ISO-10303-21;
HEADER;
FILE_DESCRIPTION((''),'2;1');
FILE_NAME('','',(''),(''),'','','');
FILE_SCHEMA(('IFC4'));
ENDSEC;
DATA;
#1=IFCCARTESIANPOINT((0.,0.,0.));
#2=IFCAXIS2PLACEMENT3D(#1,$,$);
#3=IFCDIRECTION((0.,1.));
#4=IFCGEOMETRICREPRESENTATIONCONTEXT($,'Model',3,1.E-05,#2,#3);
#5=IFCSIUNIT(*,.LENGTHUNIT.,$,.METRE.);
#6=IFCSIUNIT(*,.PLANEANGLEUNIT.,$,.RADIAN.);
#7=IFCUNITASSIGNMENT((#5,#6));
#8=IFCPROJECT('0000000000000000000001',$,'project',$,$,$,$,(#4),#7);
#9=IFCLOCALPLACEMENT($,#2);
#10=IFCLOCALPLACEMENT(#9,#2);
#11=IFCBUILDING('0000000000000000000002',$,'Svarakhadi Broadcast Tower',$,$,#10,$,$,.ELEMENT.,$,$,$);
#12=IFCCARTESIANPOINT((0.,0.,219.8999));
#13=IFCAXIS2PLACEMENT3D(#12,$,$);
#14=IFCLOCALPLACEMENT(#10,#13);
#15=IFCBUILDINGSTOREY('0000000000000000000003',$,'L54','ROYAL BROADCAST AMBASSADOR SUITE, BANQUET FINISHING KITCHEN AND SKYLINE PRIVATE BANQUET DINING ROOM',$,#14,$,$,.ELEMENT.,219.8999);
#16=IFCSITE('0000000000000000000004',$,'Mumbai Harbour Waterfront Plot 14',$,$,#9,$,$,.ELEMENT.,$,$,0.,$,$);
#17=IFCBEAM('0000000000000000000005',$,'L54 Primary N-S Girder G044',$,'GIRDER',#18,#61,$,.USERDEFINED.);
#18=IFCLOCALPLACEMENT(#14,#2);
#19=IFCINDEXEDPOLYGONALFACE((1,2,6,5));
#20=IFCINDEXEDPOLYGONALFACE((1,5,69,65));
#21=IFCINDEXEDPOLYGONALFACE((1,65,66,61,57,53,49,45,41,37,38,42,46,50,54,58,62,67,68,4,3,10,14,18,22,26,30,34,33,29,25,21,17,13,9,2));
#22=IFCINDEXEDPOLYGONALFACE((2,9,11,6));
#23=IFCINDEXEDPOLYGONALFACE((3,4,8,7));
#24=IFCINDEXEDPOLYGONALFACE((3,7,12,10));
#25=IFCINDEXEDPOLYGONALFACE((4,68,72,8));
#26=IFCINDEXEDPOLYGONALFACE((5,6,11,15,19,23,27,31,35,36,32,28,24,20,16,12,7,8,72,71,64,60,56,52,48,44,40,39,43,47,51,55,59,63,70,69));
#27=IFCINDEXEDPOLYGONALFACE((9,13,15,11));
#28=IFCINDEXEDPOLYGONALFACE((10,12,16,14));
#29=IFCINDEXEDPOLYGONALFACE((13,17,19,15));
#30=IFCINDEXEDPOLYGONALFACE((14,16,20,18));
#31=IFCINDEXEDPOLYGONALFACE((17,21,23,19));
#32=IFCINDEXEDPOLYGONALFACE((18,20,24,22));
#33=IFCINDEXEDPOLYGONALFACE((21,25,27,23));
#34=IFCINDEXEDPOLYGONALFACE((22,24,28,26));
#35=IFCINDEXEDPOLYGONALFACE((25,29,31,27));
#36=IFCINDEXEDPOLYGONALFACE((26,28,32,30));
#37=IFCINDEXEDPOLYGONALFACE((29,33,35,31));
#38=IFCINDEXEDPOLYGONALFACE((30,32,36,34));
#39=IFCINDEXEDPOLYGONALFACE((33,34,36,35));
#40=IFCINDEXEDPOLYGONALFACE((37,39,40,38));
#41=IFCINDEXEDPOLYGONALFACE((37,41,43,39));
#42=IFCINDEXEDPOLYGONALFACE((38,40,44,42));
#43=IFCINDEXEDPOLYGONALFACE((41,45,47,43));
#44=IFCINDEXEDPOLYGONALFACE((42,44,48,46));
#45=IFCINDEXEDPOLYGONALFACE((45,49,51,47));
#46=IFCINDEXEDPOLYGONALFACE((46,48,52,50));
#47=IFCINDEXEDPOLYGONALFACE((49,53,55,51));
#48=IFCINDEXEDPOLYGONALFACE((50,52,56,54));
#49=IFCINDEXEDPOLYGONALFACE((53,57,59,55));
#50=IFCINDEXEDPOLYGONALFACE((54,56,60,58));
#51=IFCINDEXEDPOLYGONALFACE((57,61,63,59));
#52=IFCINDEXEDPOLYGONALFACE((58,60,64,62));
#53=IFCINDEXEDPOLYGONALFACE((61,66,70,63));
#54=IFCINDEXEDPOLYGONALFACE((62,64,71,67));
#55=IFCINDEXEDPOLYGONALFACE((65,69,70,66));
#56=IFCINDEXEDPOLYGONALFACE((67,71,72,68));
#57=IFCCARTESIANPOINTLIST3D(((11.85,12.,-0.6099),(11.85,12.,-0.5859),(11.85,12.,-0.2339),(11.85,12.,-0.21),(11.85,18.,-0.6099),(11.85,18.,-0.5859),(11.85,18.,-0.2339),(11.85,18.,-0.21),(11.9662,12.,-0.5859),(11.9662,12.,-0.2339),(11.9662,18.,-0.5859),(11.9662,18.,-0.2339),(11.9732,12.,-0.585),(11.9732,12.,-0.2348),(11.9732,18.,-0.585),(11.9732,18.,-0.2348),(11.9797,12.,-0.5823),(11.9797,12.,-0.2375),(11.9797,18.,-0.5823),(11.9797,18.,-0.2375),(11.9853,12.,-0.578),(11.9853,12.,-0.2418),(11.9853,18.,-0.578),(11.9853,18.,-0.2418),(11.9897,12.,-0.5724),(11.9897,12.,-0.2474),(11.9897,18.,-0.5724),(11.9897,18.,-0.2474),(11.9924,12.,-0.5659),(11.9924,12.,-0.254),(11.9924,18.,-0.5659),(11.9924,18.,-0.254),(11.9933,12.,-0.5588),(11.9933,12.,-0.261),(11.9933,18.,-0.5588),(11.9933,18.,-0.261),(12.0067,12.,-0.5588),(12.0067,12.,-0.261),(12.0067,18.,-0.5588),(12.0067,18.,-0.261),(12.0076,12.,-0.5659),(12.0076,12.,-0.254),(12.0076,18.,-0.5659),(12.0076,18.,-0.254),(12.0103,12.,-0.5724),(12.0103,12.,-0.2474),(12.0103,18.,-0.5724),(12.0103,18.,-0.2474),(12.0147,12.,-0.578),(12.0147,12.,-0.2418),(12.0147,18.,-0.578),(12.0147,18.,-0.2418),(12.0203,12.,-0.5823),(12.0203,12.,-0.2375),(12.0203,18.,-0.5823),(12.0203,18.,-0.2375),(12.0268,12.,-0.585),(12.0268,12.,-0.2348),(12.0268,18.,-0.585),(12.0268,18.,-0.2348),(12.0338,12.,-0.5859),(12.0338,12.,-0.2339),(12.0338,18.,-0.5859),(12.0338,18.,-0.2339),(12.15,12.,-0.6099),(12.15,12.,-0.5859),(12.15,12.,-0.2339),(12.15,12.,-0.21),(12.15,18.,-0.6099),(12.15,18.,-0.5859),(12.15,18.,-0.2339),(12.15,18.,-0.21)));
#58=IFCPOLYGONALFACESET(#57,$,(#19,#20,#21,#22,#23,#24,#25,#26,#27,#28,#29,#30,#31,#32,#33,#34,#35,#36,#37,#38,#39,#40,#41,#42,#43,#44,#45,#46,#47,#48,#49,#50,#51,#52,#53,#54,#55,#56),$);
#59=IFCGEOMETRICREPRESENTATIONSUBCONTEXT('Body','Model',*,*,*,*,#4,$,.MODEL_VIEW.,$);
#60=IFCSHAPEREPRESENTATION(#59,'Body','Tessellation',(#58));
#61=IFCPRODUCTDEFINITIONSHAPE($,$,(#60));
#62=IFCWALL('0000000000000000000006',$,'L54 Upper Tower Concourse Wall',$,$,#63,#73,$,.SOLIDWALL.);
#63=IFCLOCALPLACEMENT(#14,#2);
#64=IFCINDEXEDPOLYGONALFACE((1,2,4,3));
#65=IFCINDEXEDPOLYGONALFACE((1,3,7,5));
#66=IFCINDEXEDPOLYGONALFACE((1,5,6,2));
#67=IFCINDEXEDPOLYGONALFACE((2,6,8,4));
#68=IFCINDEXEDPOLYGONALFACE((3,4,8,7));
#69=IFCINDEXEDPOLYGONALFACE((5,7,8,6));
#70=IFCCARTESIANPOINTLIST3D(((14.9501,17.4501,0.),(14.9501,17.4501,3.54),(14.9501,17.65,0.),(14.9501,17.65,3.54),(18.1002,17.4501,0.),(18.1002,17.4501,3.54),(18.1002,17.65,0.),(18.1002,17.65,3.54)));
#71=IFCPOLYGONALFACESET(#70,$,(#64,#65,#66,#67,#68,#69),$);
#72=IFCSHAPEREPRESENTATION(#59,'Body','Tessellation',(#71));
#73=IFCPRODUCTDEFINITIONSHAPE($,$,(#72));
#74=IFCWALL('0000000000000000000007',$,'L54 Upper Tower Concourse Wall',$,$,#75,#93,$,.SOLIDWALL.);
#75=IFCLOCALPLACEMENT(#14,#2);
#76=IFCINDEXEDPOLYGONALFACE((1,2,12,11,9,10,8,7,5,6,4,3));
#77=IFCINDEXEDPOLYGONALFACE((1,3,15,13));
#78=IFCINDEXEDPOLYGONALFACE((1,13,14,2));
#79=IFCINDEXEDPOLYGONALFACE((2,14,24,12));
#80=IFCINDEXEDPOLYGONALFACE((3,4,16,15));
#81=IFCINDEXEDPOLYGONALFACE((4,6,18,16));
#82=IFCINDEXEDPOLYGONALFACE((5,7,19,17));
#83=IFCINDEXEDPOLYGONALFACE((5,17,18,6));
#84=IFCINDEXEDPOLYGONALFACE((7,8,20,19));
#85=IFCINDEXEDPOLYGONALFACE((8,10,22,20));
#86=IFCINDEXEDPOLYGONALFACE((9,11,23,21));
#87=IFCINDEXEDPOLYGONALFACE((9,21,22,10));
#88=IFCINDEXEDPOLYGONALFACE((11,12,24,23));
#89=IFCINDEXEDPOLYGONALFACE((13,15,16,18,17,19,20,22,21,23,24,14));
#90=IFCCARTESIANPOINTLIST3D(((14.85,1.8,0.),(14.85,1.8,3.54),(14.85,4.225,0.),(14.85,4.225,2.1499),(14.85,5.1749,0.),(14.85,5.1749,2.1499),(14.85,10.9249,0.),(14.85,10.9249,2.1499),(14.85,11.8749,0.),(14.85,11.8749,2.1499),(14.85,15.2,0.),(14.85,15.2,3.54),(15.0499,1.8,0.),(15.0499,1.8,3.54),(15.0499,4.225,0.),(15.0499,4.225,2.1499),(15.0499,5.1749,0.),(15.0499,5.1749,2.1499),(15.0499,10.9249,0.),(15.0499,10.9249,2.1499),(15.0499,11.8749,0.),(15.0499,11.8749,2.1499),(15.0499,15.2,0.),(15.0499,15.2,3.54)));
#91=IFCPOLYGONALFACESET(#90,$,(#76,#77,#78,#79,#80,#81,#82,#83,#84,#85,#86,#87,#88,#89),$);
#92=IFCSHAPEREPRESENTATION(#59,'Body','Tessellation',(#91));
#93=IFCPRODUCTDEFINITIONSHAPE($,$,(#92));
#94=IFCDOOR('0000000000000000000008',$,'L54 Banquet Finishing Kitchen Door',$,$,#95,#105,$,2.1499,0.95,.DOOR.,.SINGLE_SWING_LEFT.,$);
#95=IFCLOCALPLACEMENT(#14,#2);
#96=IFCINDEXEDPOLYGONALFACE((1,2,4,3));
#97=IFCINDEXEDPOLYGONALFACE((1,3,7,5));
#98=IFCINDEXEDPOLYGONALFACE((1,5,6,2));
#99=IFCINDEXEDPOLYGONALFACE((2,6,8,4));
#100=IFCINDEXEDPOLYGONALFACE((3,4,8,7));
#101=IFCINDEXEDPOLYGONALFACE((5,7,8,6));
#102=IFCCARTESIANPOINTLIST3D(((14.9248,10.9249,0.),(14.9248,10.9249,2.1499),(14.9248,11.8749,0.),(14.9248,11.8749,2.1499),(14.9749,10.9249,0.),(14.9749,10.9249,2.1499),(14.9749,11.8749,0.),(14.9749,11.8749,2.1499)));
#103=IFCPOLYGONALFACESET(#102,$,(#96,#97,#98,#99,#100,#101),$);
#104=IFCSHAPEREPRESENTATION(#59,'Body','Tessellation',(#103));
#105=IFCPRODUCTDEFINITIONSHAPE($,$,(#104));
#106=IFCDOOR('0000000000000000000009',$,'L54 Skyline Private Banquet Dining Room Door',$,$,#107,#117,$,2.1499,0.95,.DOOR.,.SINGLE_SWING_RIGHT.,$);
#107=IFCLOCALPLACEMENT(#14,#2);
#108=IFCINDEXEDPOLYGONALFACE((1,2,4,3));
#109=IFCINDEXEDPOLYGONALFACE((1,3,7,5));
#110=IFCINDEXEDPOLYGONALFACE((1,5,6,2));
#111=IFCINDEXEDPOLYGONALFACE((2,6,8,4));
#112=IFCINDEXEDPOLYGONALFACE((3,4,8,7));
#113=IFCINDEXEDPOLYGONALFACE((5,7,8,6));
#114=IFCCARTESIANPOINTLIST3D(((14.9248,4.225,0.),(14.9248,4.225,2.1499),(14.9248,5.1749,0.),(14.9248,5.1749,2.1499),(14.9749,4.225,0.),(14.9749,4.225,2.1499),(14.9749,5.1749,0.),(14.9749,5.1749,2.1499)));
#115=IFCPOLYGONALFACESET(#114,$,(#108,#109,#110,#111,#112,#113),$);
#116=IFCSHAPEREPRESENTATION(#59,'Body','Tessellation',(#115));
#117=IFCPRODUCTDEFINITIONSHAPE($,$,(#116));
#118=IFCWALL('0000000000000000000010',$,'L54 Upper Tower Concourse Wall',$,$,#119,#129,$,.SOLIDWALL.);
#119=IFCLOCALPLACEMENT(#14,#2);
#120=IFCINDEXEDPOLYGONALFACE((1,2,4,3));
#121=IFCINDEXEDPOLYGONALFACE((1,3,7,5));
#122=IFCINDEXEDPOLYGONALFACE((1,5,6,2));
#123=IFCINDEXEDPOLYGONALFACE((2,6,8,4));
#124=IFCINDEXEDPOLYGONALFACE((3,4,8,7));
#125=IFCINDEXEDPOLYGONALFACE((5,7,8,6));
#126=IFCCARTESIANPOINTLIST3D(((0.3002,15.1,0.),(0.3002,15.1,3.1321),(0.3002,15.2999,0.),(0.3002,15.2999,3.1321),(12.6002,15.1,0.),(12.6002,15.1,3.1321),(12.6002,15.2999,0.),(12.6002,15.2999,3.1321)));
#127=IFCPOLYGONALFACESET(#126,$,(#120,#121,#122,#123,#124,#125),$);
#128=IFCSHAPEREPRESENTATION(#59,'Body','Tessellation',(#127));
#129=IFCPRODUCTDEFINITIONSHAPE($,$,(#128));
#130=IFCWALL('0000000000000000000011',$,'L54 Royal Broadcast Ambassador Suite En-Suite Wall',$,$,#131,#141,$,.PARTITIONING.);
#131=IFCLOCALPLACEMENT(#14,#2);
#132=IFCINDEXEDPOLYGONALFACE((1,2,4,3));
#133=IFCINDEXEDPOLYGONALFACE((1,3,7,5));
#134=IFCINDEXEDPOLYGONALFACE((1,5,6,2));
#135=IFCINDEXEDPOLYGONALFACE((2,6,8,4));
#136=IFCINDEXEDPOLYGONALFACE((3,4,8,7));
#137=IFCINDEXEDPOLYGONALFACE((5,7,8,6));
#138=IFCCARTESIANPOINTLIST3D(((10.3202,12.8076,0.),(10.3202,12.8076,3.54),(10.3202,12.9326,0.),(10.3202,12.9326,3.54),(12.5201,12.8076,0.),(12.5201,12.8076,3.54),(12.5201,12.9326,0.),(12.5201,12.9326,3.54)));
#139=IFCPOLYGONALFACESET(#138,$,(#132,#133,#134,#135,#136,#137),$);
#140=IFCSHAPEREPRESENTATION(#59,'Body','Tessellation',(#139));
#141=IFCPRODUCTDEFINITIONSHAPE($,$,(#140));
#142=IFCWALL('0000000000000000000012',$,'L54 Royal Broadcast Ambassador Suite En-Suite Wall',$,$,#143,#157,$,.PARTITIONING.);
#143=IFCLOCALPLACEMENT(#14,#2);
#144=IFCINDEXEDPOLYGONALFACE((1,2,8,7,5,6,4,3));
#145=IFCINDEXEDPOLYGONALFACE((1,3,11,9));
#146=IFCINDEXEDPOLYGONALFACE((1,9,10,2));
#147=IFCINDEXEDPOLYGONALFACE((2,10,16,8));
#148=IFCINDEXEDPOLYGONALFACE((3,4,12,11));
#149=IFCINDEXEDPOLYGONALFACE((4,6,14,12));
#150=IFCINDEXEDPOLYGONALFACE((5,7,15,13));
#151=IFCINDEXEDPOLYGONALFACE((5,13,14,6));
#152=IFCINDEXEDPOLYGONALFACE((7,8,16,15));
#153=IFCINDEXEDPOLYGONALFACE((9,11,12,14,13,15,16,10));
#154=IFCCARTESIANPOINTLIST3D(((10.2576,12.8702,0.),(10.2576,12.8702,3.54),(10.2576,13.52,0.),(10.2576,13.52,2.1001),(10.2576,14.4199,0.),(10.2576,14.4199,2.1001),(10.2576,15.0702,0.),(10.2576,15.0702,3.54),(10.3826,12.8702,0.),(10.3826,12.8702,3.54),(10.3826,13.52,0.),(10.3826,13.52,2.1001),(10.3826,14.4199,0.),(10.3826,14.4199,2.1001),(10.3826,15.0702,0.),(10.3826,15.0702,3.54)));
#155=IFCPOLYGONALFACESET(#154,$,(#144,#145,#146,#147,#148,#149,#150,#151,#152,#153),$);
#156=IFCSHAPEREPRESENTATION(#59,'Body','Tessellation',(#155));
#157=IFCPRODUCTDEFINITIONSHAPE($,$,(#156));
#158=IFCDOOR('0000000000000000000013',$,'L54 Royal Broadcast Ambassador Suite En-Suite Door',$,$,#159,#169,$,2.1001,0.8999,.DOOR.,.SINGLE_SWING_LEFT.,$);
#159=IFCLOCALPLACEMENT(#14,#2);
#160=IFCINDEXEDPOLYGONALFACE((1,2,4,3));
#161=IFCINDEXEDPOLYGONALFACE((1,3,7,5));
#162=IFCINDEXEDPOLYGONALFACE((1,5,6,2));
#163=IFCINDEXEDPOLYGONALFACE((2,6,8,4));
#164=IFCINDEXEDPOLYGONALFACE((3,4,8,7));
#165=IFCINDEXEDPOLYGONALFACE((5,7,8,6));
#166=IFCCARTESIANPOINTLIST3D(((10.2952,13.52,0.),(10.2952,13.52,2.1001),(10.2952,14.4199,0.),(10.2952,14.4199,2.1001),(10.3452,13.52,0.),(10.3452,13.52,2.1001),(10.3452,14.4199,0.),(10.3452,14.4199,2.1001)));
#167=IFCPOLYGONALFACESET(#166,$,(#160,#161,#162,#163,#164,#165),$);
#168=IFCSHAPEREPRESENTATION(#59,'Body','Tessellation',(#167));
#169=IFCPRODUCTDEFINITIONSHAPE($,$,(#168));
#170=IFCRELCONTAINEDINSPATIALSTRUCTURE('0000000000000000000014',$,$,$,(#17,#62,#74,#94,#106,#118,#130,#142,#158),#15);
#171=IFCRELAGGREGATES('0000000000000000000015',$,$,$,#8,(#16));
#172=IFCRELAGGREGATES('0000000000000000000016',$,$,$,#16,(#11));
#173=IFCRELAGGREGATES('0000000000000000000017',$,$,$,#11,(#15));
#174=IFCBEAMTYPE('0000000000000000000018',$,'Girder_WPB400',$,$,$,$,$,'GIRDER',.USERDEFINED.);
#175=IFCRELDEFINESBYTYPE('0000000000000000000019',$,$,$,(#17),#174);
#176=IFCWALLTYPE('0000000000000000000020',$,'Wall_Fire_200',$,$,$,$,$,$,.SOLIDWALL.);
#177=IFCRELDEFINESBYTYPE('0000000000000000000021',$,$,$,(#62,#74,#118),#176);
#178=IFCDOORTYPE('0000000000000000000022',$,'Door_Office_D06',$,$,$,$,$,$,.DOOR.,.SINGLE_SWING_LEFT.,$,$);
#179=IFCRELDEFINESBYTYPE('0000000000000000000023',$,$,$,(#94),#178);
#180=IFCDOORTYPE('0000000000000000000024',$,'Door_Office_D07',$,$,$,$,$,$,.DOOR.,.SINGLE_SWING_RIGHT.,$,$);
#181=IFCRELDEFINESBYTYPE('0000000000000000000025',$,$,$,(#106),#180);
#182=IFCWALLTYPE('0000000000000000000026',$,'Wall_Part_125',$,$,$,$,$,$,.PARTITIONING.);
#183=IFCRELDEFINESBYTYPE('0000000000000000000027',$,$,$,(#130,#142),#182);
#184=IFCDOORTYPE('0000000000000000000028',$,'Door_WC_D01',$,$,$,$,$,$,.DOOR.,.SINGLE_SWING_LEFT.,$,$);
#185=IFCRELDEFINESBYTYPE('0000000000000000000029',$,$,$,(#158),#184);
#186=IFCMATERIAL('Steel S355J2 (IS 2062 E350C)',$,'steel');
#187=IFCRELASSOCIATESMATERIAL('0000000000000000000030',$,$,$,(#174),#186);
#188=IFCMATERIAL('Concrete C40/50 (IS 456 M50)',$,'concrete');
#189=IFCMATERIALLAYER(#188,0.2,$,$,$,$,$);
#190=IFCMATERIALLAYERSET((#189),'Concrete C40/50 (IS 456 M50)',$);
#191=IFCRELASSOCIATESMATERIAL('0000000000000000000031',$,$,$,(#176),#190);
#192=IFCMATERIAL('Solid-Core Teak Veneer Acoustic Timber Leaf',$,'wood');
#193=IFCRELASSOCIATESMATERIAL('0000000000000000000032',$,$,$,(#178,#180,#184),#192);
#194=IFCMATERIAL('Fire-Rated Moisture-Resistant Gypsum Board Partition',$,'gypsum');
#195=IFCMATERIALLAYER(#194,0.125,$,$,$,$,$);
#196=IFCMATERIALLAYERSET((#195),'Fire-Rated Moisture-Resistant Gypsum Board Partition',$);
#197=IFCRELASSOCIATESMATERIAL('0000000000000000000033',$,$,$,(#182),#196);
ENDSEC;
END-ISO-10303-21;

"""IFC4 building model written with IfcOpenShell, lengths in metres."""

from ifc_helpers import new_model, si_unit, direction, frame, frame_2d, origin, origin_2d, place, context, subcontext, project, spatial, rectangle, i_section, extrude, material, layer, layer_set, material_profile, profile_set, type_object, element, fill, save


model = new_model("IFC4")

# Units and contexts
model_context = context("Model", 3, precision=1e-05, world=origin(), true_north=direction((0.0, 1.0)))
body_context = subcontext(model_context, "Body", "Model", "MODEL_VIEW")
ifc_project = project(units=[si_unit("LENGTHUNIT", "METRE"), si_unit("PLANEANGLEUNIT", "RADIAN")], contexts=[model_context])

# Site, building, storey
site_placement = place(None, origin())
site = spatial("IfcSite", under=ifc_project, at=site_placement, Name="Mumbai Harbour Waterfront Plot 14", CompositionType="ELEMENT", RefElevation=0.0)
building_placement = place(site_placement, origin())
building = spatial("IfcBuilding", under=site, at=building_placement, Name="Svarakhadi Broadcast Tower", CompositionType="ELEMENT")
storey_placement = place(building_placement, frame((0.0, 0.0, 219.8999)))
storey = spatial("IfcBuildingStorey", under=building, at=storey_placement, Name="L54", Description="ROYAL BROADCAST AMBASSADOR SUITE, BANQUET FINISHING KITCHEN AND SKYLINE PRIVATE BANQUET DINING ROOM", CompositionType="ELEMENT", Elevation=219.8999)

# Beam
ifc_material_1 = material(Name="Steel S355J2 (IS 2062 E350C)", Category="steel")
ifc_material_profile_1 = material_profile(ifc_material_1, i_section(OverallWidth=0.3, OverallDepth=0.3999, WebThickness=0.0134, FlangeThickness=0.0239, FilletRadius=0.0271, at=origin_2d()), Name="WPB 400x300x155")
ifc_profile_set_1 = profile_set([ifc_material_profile_1], Name="Steel S355J2 (IS 2062 E350C)")
beam_type_1 = type_object("IfcBeamType", Name="Girder_WPB400", ElementType="GIRDER", PredefinedType="USERDEFINED", material=ifc_profile_set_1)
for number, where, z_axis, x_axis, name in (
    (1, (12.0, 12.0, -0.4099), (0.0, 1.0, 0.0), (-1.0, 0.0, 0.0), "L54 Primary N-S Girder G044"),
):
    element("IfcBeam", number, at=place(storey_placement, frame(where, z_axis=z_axis, x_axis=x_axis)), inside=storey, type_object=beam_type_1, Name=name, ObjectType="GIRDER", PredefinedType="USERDEFINED", context=body_context, shape_type="SweptSolid", body=[
        extrude(i_section(OverallWidth=0.3, OverallDepth=0.3999, WebThickness=0.0134, FlangeThickness=0.0239, FilletRadius=0.0271, at=origin_2d()), origin(), (0.0, 0.0, 1.0), 6.0),
    ])

# Wall
ifc_material_2 = material(Name="Concrete C40/50 (IS 456 M50)", Category="concrete")
ifc_layer_1 = layer(ifc_material_2, 0.2)
ifc_layer_set_1 = layer_set([ifc_layer_1], Name="Concrete C40/50 (IS 456 M50)")
wall_type_1 = type_object("IfcWallType", Name="Wall_Fire_200", PredefinedType="SOLIDWALL", material=ifc_layer_set_1)
wall_1_placement = place(storey_placement, frame((14.95, 17.55, 0.0), z_axis=(0.0, 0.0, 1.0), x_axis=(1.0, 0.0, 0.0)))
element("IfcWall", 2, at=wall_1_placement, inside=storey, type_object=wall_type_1, Name="L54 Upper Tower Concourse Wall", PredefinedType="SOLIDWALL", context=body_context, shape_type="SweptSolid", body=[
    extrude(rectangle(XDim=3.1501, YDim=0.2, at=frame_2d((1.5752, 0.0))), origin(), (0.0, 0.0, 1.0), 3.54),
])

# Wall, openings, doors
wall_2_placement = place(storey_placement, frame((14.95, 15.2, 0.0), z_axis=(0.0, 0.0, 1.0), x_axis=(0.0, -1.0, 0.0)))
wall_2 = element("IfcWall", 3, at=wall_2_placement, inside=storey, type_object=wall_type_1, Name="L54 Upper Tower Concourse Wall", PredefinedType="SOLIDWALL", context=body_context, shape_type="SweptSolid", body=[
    extrude(rectangle(XDim=13.3999, YDim=0.2, at=frame_2d((6.7, 0.0))), origin(), (0.0, 0.0, 1.0), 3.54),
])
opening_1_placement = place(wall_2_placement, frame((10.0249, 0.0, 0.0)))
opening_1 = element("IfcOpeningElement", 4, at=opening_1_placement, cuts=wall_2, PredefinedType="OPENING", context=body_context, shape_type="SweptSolid", body=[
    extrude(rectangle(XDim=0.95, YDim=2.1499, at=frame_2d((0.4751, 1.075))), frame((0.0, 0.1099, 0.0), z_axis=(0.0, -1.0, 0.0), x_axis=(1.0, 0.0, 0.0)), (0.0, 0.0, 1.0), 0.22),
])
opening_2_placement = place(wall_2_placement, frame((3.325, 0.0, 0.0)))
opening_2 = element("IfcOpeningElement", 5, at=opening_2_placement, cuts=wall_2, PredefinedType="OPENING", context=body_context, shape_type="SweptSolid", body=[
    extrude(rectangle(XDim=0.95, YDim=2.1499, at=frame_2d((0.4751, 1.075))), frame((0.0, 0.1099, 0.0), z_axis=(0.0, -1.0, 0.0), x_axis=(1.0, 0.0, 0.0)), (0.0, 0.0, 1.0), 0.22),
])
ifc_material_3 = material(Name="Solid-Core Teak Veneer Acoustic Timber Leaf", Category="wood")
door_type_1 = type_object("IfcDoorType", Name="Door_Office_D06", OperationType="SINGLE_SWING_LEFT", PredefinedType="DOOR", material=ifc_material_3)
door_1_placement = place(opening_2_placement, origin())
door_1 = element("IfcDoor", 6, at=door_1_placement, inside=storey, type_object=door_type_1, Name="L54 Banquet Finishing Kitchen Door", OperationType="SINGLE_SWING_LEFT", OverallHeight=2.1499, OverallWidth=0.95, PredefinedType="DOOR", context=body_context, shape_type="SweptSolid", body=[
    extrude(rectangle(XDim=0.95, YDim=2.1499, at=frame_2d((0.4751, 1.075))), frame((0.0, 0.0249, 0.0), z_axis=(0.0, -1.0, 0.0), x_axis=(1.0, 0.0, 0.0)), (0.0, 0.0, 1.0), 0.05),
])
fill(opening_2, door_1)
door_type_2 = type_object("IfcDoorType", Name="Door_Office_D07", OperationType="SINGLE_SWING_RIGHT", PredefinedType="DOOR", material=ifc_material_3)
door_2_placement = place(opening_1_placement, origin())
door_2 = element("IfcDoor", 7, at=door_2_placement, inside=storey, type_object=door_type_2, Name="L54 Skyline Private Banquet Dining Room Door", OperationType="SINGLE_SWING_RIGHT", OverallHeight=2.1499, OverallWidth=0.95, PredefinedType="DOOR", context=body_context, shape_type="SweptSolid", body=[
    extrude(rectangle(XDim=0.95, YDim=2.1499, at=frame_2d((0.4751, 1.075))), frame((0.0, 0.0249, 0.0), z_axis=(0.0, -1.0, 0.0), x_axis=(1.0, 0.0, 0.0)), (0.0, 0.0, 1.0), 0.05),
])
fill(opening_1, door_2)

# Walls
wall_3_placement = place(storey_placement, frame((12.6001, 15.2, 0.0), z_axis=(0.0, 0.0, 1.0), x_axis=(-1.0, 0.0, 0.0)))
element("IfcWall", 8, at=wall_3_placement, inside=storey, type_object=wall_type_1, Name="L54 Upper Tower Concourse Wall", PredefinedType="SOLIDWALL", context=body_context, shape_type="SweptSolid", body=[
    extrude(rectangle(XDim=12.3, YDim=0.2, at=frame_2d((6.1499, 0.0))), origin(), (0.0, 0.0, 1.0), 3.1321),
])
ifc_material_4 = material(Name="Fire-Rated Moisture-Resistant Gypsum Board Partition", Category="gypsum")
ifc_layer_2 = layer(ifc_material_4, 0.125)
ifc_layer_set_2 = layer_set([ifc_layer_2], Name="Fire-Rated Moisture-Resistant Gypsum Board Partition")
wall_type_2 = type_object("IfcWallType", Name="Wall_Part_125", PredefinedType="PARTITIONING", material=ifc_layer_set_2)
wall_4_placement = place(storey_placement, frame((10.3201, 12.8701, 0.0), z_axis=(0.0, 0.0, 1.0), x_axis=(1.0, 0.0, 0.0)))
element("IfcWall", 9, at=wall_4_placement, inside=storey, type_object=wall_type_2, Name="L54 Royal Broadcast Ambassador Suite En-Suite Wall", PredefinedType="PARTITIONING", context=body_context, shape_type="SweptSolid", body=[
    extrude(rectangle(XDim=2.2, YDim=0.125, at=frame_2d((1.1001, 0.0))), origin(), (0.0, 0.0, 1.0), 3.54),
])

# Wall, opening, door
wall_5_placement = place(storey_placement, frame((10.3201, 12.8701, 0.0), z_axis=(0.0, 0.0, 1.0), x_axis=(0.0, 1.0, 0.0)))
wall_5 = element("IfcWall", 10, at=wall_5_placement, inside=storey, type_object=wall_type_2, Name="L54 Royal Broadcast Ambassador Suite En-Suite Wall", PredefinedType="PARTITIONING", context=body_context, shape_type="SweptSolid", body=[
    extrude(rectangle(XDim=2.2, YDim=0.125, at=frame_2d((1.1001, 0.0))), origin(), (0.0, 0.0, 1.0), 3.54),
])
opening_3_placement = place(wall_5_placement, frame((0.6499, 0.0, 0.0)))
opening_3 = element("IfcOpeningElement", 11, at=opening_3_placement, cuts=wall_5, PredefinedType="OPENING", context=body_context, shape_type="SweptSolid", body=[
    extrude(rectangle(XDim=0.8999, YDim=2.1001, at=frame_2d((0.45, 1.05))), frame((0.0, 0.0725, 0.0), z_axis=(0.0, -1.0, 0.0), x_axis=(1.0, 0.0, 0.0)), (0.0, 0.0, 1.0), 0.145),
])
door_type_3 = type_object("IfcDoorType", Name="Door_WC_D01", OperationType="SINGLE_SWING_LEFT", PredefinedType="DOOR", material=ifc_material_3)
door_3_placement = place(opening_3_placement, origin())
door_3 = element("IfcDoor", 12, at=door_3_placement, inside=storey, type_object=door_type_3, Name="L54 Royal Broadcast Ambassador Suite En-Suite Door", OperationType="SINGLE_SWING_LEFT", OverallHeight=2.1001, OverallWidth=0.8999, PredefinedType="DOOR", context=body_context, shape_type="SweptSolid", body=[
    extrude(rectangle(XDim=0.8999, YDim=2.1001, at=frame_2d((0.45, 1.05))), frame((0.0, 0.0249, 0.0), z_axis=(0.0, -1.0, 0.0), x_axis=(1.0, 0.0, 0.0)), (0.0, 0.0, 1.0), 0.05),
])
fill(opening_3, door_3)

save(model, "model.ifc")
